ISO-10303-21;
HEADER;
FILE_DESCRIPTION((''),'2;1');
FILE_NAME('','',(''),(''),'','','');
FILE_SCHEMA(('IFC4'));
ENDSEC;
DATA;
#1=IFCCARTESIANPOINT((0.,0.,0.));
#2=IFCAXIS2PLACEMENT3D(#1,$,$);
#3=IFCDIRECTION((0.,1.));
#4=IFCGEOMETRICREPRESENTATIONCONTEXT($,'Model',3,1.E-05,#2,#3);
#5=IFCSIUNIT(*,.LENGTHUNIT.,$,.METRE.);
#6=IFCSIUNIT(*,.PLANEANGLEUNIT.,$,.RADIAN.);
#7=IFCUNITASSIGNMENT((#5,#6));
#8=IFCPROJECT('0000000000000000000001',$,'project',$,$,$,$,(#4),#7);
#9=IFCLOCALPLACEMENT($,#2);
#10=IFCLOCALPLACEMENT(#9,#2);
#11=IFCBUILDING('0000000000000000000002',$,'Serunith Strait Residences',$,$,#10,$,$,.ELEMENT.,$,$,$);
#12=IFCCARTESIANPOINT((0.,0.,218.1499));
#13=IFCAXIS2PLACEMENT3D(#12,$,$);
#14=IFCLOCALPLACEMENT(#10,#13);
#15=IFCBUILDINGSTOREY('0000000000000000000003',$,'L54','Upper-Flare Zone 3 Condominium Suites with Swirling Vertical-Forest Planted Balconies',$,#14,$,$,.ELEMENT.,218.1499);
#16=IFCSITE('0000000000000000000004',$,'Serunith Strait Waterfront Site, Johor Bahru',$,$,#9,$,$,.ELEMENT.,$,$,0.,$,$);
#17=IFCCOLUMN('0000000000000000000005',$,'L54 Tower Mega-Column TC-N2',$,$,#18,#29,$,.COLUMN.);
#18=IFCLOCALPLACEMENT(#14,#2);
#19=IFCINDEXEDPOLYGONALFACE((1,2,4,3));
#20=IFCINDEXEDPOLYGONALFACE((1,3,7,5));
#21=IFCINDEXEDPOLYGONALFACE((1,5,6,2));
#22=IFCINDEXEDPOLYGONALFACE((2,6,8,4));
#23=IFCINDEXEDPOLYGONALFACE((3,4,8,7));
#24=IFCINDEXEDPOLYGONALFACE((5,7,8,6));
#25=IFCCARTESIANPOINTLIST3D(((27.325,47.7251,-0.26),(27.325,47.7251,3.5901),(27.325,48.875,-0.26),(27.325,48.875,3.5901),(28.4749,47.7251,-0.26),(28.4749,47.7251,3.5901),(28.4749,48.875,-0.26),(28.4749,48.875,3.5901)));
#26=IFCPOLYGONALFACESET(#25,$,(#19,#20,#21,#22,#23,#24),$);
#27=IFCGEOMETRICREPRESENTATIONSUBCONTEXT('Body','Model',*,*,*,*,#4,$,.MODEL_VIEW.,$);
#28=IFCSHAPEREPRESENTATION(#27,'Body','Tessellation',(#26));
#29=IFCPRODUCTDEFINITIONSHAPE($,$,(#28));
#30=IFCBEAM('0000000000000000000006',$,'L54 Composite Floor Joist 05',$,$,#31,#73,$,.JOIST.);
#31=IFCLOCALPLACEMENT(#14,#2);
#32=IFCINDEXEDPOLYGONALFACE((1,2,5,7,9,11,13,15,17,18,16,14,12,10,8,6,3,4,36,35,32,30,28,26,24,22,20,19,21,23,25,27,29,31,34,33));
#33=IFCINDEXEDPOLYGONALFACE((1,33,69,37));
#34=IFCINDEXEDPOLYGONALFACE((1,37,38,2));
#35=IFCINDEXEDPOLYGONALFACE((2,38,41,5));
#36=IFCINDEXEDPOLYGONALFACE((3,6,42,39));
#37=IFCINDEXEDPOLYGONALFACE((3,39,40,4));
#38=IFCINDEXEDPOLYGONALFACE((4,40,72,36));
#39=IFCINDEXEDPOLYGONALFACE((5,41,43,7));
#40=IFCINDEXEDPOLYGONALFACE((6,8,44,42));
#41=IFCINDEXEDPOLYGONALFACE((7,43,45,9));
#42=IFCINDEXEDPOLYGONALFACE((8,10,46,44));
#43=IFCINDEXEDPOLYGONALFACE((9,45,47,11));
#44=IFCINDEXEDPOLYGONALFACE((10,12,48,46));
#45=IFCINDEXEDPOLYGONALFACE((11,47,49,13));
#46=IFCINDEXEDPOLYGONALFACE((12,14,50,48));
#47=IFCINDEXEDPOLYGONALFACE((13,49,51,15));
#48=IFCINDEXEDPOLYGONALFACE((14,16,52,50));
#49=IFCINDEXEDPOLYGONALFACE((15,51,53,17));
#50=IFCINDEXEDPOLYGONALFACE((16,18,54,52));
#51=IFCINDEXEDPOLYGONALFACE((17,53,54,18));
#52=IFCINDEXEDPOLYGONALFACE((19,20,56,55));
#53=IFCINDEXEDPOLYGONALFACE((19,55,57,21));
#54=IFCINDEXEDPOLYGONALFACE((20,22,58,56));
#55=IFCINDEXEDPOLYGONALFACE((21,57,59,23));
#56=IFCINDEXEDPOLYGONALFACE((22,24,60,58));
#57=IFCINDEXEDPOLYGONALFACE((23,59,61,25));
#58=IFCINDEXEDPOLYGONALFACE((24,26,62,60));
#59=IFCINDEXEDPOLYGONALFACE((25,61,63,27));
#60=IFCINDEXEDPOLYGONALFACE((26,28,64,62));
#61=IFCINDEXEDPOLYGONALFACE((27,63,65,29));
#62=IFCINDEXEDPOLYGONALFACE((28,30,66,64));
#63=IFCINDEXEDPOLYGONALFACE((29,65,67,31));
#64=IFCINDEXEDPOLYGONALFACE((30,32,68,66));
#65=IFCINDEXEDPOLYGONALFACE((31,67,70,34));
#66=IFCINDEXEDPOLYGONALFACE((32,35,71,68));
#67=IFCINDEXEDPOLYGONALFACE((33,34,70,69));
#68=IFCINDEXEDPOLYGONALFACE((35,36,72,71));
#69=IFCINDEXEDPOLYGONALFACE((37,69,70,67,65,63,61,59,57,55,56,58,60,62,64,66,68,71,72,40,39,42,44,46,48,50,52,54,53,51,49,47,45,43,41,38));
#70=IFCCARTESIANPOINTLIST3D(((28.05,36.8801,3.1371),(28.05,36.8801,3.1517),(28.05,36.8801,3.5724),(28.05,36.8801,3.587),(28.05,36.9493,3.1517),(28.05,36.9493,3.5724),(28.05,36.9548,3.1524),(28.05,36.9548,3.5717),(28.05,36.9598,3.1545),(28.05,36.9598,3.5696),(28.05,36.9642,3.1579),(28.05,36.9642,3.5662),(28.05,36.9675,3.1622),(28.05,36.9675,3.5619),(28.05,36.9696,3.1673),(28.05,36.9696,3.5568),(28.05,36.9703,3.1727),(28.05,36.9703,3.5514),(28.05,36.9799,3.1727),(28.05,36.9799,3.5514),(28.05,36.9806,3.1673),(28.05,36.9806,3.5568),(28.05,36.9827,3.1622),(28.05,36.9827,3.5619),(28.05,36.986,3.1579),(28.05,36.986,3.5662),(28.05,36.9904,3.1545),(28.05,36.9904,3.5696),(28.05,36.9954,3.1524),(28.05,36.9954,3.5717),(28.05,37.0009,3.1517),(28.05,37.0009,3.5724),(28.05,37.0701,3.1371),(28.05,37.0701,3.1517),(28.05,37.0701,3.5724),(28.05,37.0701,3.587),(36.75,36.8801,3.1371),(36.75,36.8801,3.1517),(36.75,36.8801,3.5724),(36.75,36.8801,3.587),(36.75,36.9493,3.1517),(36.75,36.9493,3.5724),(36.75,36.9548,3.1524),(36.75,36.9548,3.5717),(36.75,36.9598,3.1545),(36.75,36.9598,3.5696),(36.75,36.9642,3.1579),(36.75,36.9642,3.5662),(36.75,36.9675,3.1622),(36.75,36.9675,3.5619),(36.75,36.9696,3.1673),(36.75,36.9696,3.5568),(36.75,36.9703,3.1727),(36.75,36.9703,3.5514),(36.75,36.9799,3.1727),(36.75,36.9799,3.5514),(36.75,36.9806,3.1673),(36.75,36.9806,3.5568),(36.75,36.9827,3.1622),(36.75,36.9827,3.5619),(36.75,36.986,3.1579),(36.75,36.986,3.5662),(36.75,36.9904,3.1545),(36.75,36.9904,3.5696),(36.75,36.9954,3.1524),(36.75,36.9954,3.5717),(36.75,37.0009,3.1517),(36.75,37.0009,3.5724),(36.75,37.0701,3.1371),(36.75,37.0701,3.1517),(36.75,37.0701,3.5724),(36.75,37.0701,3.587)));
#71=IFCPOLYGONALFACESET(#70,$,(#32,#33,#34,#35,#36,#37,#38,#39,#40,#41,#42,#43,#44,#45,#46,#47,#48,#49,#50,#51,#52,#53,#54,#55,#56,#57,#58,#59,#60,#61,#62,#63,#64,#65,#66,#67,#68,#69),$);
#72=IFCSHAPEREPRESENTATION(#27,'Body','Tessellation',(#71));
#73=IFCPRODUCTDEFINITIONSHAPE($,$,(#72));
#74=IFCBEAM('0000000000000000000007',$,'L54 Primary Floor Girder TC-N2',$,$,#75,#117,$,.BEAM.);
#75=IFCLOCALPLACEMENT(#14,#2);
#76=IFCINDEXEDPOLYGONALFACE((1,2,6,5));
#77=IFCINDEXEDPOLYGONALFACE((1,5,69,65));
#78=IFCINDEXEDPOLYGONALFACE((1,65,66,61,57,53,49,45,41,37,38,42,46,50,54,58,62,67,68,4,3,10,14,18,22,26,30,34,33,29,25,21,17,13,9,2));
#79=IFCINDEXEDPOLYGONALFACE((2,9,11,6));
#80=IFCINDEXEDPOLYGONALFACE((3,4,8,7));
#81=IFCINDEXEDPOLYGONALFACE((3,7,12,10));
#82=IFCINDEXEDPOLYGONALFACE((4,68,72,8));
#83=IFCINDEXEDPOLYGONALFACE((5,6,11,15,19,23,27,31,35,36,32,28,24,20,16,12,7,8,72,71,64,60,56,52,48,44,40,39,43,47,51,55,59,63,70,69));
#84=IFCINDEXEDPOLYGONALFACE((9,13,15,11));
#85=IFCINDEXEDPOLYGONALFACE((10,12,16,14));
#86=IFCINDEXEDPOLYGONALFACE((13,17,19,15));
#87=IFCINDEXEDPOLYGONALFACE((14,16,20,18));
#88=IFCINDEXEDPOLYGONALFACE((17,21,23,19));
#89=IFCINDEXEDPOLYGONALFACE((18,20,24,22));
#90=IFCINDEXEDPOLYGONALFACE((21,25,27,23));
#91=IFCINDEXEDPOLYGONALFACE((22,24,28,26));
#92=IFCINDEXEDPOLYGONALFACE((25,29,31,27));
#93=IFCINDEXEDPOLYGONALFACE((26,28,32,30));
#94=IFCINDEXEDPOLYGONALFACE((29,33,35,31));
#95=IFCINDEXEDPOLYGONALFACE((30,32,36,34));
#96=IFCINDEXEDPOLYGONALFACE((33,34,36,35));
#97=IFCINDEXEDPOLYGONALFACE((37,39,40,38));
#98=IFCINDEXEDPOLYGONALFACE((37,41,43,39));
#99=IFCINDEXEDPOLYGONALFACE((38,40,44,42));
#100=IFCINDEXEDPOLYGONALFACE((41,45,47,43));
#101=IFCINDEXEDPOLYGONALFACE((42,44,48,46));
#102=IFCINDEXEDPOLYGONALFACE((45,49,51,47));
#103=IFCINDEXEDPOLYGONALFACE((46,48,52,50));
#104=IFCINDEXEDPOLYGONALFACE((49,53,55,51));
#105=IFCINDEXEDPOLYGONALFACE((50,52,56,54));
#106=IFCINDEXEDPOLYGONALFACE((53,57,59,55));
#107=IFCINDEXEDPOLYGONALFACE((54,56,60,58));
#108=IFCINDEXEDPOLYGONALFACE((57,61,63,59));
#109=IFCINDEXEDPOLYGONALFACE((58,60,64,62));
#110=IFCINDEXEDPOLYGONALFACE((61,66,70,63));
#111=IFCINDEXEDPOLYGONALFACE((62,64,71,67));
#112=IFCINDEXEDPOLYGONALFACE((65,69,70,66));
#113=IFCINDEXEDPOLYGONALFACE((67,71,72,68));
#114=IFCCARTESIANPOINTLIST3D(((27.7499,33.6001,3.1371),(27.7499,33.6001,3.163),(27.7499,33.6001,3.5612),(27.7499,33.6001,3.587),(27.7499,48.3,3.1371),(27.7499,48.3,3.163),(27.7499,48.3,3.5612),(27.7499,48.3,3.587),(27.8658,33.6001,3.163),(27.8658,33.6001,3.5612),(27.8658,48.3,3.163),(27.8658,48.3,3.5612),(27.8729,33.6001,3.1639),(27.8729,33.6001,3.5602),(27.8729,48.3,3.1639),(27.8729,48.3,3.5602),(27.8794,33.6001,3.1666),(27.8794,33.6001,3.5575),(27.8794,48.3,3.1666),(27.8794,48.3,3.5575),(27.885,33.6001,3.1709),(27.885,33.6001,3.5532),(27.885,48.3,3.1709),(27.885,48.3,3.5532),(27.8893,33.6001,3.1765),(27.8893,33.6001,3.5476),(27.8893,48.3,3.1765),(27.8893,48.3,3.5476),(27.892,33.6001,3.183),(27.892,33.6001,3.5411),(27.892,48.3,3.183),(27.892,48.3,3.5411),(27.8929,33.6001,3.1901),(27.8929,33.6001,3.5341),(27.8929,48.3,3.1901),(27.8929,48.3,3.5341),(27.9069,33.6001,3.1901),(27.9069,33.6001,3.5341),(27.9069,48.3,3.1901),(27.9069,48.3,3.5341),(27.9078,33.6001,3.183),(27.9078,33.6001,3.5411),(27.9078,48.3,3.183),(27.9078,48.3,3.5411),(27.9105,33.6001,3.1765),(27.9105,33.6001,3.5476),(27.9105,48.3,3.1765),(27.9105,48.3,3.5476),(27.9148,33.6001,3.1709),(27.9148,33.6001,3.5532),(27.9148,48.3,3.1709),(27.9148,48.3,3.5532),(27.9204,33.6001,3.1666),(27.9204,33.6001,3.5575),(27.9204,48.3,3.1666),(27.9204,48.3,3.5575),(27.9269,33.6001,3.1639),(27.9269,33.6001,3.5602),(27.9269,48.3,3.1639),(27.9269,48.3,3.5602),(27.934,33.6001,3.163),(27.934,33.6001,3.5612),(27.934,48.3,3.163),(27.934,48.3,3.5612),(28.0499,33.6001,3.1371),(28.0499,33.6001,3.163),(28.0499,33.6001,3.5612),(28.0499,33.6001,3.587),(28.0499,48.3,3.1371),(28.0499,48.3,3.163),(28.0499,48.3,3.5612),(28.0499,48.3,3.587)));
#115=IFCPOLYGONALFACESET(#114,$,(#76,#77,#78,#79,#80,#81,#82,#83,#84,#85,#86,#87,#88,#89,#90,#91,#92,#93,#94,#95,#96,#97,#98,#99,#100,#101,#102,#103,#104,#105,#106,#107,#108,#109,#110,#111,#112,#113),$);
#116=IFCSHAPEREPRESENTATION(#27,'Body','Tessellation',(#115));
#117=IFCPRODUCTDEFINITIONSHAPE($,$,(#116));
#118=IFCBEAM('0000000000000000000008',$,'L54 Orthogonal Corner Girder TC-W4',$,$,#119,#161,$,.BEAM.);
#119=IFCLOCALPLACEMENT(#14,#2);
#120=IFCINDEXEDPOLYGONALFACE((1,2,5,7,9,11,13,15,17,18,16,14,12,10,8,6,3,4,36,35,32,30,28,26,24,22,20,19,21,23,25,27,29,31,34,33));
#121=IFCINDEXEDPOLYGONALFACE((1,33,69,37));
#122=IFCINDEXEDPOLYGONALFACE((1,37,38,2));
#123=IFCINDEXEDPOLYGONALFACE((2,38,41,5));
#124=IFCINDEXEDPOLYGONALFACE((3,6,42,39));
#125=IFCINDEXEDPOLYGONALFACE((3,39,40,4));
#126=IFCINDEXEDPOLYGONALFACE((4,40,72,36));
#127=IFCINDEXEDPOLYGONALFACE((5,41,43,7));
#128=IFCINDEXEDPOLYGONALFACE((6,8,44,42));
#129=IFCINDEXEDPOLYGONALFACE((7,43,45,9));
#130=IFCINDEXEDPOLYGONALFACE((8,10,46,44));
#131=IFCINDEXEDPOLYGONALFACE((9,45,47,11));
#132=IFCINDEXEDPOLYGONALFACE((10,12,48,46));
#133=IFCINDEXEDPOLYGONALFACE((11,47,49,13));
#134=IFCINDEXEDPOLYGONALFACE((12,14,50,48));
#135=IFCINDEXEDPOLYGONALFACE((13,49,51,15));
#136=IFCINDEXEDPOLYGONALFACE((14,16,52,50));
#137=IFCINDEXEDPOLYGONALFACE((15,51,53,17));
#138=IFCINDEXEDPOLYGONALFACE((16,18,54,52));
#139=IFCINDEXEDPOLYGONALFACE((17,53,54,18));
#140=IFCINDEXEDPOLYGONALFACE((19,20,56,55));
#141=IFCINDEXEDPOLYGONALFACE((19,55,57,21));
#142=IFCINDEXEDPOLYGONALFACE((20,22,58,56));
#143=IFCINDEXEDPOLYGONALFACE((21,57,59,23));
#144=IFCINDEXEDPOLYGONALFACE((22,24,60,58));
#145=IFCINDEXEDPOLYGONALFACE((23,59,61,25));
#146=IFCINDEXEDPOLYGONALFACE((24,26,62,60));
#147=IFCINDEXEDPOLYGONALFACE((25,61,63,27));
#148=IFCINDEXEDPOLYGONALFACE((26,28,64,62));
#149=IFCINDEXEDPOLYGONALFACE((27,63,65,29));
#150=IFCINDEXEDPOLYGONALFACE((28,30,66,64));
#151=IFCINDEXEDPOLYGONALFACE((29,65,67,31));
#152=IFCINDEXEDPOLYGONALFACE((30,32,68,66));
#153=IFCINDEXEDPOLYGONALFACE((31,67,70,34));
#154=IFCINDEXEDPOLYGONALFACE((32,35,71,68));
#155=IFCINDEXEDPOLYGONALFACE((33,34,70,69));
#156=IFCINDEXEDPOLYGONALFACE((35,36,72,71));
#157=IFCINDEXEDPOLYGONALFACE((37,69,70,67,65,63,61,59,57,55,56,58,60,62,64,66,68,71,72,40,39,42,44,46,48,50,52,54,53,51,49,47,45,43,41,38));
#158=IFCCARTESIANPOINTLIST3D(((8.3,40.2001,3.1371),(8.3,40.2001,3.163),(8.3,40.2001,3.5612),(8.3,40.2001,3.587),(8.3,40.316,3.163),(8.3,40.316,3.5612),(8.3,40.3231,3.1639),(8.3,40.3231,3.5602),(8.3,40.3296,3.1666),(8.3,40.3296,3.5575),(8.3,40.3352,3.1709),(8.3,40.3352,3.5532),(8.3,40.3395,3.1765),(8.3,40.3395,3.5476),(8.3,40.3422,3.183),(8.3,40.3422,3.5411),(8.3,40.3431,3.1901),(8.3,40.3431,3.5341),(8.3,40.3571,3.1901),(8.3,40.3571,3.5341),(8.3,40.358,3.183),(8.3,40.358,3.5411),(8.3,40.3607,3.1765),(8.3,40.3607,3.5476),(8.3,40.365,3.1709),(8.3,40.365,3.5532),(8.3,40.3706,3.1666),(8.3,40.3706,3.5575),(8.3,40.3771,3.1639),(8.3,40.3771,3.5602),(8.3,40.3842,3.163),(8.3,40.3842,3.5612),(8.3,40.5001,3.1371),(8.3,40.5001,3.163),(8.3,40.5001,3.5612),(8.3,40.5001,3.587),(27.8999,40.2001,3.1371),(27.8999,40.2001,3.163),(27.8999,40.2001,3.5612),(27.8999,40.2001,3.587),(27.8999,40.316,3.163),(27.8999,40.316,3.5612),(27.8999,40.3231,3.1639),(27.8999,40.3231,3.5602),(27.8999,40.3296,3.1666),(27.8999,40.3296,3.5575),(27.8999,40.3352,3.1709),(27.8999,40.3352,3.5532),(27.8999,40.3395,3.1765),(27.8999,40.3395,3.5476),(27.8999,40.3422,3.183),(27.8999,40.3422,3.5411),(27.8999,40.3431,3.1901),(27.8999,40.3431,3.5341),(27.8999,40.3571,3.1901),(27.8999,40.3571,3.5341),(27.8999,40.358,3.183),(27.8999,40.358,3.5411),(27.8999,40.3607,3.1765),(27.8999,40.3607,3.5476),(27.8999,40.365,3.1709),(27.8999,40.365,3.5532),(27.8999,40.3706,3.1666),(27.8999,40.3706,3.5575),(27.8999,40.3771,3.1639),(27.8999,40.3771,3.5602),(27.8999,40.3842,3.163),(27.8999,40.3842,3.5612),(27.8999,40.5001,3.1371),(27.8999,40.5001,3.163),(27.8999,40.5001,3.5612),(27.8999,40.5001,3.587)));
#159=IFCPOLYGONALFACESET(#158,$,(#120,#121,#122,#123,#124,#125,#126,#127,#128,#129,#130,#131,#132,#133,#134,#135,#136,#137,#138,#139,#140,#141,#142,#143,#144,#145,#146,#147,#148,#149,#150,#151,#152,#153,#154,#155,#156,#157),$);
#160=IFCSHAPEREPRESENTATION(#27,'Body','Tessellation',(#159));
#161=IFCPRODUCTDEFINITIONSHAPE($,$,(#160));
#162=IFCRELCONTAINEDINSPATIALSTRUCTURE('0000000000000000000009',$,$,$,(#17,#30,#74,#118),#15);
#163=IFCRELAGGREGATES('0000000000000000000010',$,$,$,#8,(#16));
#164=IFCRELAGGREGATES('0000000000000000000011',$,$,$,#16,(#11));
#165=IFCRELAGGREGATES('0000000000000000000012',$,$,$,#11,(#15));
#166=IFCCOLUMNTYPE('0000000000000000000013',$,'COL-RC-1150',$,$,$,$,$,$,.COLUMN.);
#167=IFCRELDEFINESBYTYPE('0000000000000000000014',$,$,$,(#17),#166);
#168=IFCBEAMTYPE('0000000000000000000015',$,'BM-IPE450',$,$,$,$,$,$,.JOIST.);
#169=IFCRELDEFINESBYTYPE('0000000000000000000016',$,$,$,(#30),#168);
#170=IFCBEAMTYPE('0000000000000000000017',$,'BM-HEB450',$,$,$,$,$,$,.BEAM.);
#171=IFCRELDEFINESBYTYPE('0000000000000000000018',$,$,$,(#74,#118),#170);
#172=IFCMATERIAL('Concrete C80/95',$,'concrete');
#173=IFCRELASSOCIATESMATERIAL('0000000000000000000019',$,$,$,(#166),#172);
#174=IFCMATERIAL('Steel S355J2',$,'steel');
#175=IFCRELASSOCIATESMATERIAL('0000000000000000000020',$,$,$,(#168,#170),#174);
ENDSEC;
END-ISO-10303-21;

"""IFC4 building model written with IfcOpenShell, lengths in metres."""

from ifc_helpers import new_model, si_unit, direction, frame, origin, origin_2d, place, context, subcontext, project, spatial, rectangle, i_section, extrude, source, transform, mapped, material, material_profile, profile_set, type_object, element, save


model = new_model("IFC4")

# Units and contexts
model_context = context("Model", 3, precision=1e-05, world=origin(), true_north=direction((0.0, 1.0)))
body_context = subcontext(model_context, "Body", "Model", "MODEL_VIEW")
ifc_project = project(units=[si_unit("LENGTHUNIT", "METRE"), si_unit("PLANEANGLEUNIT", "RADIAN")], contexts=[model_context])

# Site, building, storey
site_placement = place(None, origin())
site = spatial("IfcSite", under=ifc_project, at=site_placement, Name="Serunith Strait Waterfront Site, Johor Bahru", CompositionType="ELEMENT", RefElevation=0.0)
building_placement = place(site_placement, origin())
building = spatial("IfcBuilding", under=site, at=building_placement, Name="Serunith Strait Residences", CompositionType="ELEMENT")
storey_placement = place(building_placement, frame((0.0, 0.0, 218.1499)))
storey = spatial("IfcBuildingStorey", under=building, at=storey_placement, Name="L54", Description="Upper-Flare Zone 3 Condominium Suites with Swirling Vertical-Forest Planted Balconies", CompositionType="ELEMENT", Elevation=218.1499)

# Column
ifc_material_1 = material(Name="Concrete C80/95", Category="concrete")
ifc_material_profile_1 = material_profile(ifc_material_1, rectangle(XDim=1.1499, YDim=1.1499, at=origin_2d()), Name="RC 1150x1150")
ifc_profile_set_1 = profile_set([ifc_material_profile_1], Name="Concrete C80/95")
column_type = type_object("IfcColumnType", Name="COL-RC-1150", PredefinedType="COLUMN", material=ifc_profile_set_1)
shared_shape_1 = source(origin(), body_context, "Body", "SweptSolid", [
    extrude(rectangle(XDim=1.1499, YDim=1.1499, at=origin_2d()), origin(), (0.0, 0.0, 1.0), 3.8501),
])
column_placement = place(storey_placement, frame((27.8999, 48.3, -0.26), z_axis=(0.0, 0.0, 1.0), x_axis=(1.0, 0.0, 0.0)))
element("IfcColumn", 1, at=column_placement, inside=storey, type_object=column_type, Name="L54 Tower Mega-Column TC-N2", PredefinedType="COLUMN", context=body_context, shape_type="MappedRepresentation", body=[
    mapped(shared_shape_1, transform((0.0, 0.0, 0.0), scale=1.0)),
])

# Beams
ifc_material_2 = material(Name="Steel S355J2", Category="steel")
ifc_material_profile_2 = material_profile(ifc_material_2, i_section(OverallWidth=0.1899, OverallDepth=0.45, WebThickness=0.0095, FlangeThickness=0.0146, FilletRadius=0.021, at=origin_2d()), Name="IPE 450")
ifc_profile_set_2 = profile_set([ifc_material_profile_2], Name="Steel S355J2")
beam_type_1 = type_object("IfcBeamType", Name="BM-IPE450", PredefinedType="JOIST", material=ifc_profile_set_2)
shared_shape_2 = source(origin(), body_context, "Body", "SweptSolid", [
    extrude(i_section(OverallWidth=0.1899, OverallDepth=0.45, WebThickness=0.0095, FlangeThickness=0.0146, FilletRadius=0.021, at=origin_2d()), origin(), (0.0, 0.0, 1.0), 8.7),
])
beam_1_placement = place(storey_placement, frame((28.05, 36.9751, 3.3621), z_axis=(1.0, 0.0, 0.0), x_axis=(0.0, 1.0, 0.0)))
element("IfcBeam", 2, at=beam_1_placement, inside=storey, type_object=beam_type_1, Name="L54 Composite Floor Joist 05", PredefinedType="JOIST", context=body_context, shape_type="MappedRepresentation", body=[
    mapped(shared_shape_2, transform((0.0, 0.0, 0.0), scale=1.0)),
])
ifc_material_profile_3 = material_profile(ifc_material_2, i_section(OverallWidth=0.3, OverallDepth=0.45, WebThickness=0.0139, FlangeThickness=0.0259, FilletRadius=0.0271, at=origin_2d()), Name="HEB 450")
ifc_profile_set_3 = profile_set([ifc_material_profile_3], Name="Steel S355J2")
beam_type_2 = type_object("IfcBeamType", Name="BM-HEB450", PredefinedType="BEAM", material=ifc_profile_set_3)
shared_shape_3 = source(origin(), body_context, "Body", "SweptSolid", [
    extrude(i_section(OverallWidth=0.3, OverallDepth=0.45, WebThickness=0.0139, FlangeThickness=0.0259, FilletRadius=0.0271, at=origin_2d()), origin(), (0.0, 0.0, 1.0), 14.7),
])
beam_2_placement = place(storey_placement, frame((27.8999, 33.6001, 3.3621), z_axis=(0.0, 1.0, 0.0), x_axis=(-1.0, 0.0, 0.0)))
element("IfcBeam", 3, at=beam_2_placement, inside=storey, type_object=beam_type_2, Name="L54 Primary Floor Girder TC-N2", PredefinedType="BEAM", context=body_context, shape_type="MappedRepresentation", body=[
    mapped(shared_shape_3, transform((0.0, 0.0, 0.0), scale=1.0)),
])
shared_shape_4 = source(origin(), body_context, "Body", "SweptSolid", [
    extrude(i_section(OverallWidth=0.3, OverallDepth=0.45, WebThickness=0.0139, FlangeThickness=0.0259, FilletRadius=0.0271, at=origin_2d()), origin(), (0.0, 0.0, 1.0), 19.5999),
])
beam_3_placement = place(storey_placement, frame((27.8999, 40.3501, 3.3621), z_axis=(-1.0, 0.0, 0.0), x_axis=(0.0, -1.0, 0.0)))
element("IfcBeam", 4, at=beam_3_placement, inside=storey, type_object=beam_type_2, Name="L54 Orthogonal Corner Girder TC-W4", PredefinedType="BEAM", context=body_context, shape_type="MappedRepresentation", body=[
    mapped(shared_shape_4, transform((0.0, 0.0, 0.0), scale=1.0)),
])

save(model, "model.ifc")
